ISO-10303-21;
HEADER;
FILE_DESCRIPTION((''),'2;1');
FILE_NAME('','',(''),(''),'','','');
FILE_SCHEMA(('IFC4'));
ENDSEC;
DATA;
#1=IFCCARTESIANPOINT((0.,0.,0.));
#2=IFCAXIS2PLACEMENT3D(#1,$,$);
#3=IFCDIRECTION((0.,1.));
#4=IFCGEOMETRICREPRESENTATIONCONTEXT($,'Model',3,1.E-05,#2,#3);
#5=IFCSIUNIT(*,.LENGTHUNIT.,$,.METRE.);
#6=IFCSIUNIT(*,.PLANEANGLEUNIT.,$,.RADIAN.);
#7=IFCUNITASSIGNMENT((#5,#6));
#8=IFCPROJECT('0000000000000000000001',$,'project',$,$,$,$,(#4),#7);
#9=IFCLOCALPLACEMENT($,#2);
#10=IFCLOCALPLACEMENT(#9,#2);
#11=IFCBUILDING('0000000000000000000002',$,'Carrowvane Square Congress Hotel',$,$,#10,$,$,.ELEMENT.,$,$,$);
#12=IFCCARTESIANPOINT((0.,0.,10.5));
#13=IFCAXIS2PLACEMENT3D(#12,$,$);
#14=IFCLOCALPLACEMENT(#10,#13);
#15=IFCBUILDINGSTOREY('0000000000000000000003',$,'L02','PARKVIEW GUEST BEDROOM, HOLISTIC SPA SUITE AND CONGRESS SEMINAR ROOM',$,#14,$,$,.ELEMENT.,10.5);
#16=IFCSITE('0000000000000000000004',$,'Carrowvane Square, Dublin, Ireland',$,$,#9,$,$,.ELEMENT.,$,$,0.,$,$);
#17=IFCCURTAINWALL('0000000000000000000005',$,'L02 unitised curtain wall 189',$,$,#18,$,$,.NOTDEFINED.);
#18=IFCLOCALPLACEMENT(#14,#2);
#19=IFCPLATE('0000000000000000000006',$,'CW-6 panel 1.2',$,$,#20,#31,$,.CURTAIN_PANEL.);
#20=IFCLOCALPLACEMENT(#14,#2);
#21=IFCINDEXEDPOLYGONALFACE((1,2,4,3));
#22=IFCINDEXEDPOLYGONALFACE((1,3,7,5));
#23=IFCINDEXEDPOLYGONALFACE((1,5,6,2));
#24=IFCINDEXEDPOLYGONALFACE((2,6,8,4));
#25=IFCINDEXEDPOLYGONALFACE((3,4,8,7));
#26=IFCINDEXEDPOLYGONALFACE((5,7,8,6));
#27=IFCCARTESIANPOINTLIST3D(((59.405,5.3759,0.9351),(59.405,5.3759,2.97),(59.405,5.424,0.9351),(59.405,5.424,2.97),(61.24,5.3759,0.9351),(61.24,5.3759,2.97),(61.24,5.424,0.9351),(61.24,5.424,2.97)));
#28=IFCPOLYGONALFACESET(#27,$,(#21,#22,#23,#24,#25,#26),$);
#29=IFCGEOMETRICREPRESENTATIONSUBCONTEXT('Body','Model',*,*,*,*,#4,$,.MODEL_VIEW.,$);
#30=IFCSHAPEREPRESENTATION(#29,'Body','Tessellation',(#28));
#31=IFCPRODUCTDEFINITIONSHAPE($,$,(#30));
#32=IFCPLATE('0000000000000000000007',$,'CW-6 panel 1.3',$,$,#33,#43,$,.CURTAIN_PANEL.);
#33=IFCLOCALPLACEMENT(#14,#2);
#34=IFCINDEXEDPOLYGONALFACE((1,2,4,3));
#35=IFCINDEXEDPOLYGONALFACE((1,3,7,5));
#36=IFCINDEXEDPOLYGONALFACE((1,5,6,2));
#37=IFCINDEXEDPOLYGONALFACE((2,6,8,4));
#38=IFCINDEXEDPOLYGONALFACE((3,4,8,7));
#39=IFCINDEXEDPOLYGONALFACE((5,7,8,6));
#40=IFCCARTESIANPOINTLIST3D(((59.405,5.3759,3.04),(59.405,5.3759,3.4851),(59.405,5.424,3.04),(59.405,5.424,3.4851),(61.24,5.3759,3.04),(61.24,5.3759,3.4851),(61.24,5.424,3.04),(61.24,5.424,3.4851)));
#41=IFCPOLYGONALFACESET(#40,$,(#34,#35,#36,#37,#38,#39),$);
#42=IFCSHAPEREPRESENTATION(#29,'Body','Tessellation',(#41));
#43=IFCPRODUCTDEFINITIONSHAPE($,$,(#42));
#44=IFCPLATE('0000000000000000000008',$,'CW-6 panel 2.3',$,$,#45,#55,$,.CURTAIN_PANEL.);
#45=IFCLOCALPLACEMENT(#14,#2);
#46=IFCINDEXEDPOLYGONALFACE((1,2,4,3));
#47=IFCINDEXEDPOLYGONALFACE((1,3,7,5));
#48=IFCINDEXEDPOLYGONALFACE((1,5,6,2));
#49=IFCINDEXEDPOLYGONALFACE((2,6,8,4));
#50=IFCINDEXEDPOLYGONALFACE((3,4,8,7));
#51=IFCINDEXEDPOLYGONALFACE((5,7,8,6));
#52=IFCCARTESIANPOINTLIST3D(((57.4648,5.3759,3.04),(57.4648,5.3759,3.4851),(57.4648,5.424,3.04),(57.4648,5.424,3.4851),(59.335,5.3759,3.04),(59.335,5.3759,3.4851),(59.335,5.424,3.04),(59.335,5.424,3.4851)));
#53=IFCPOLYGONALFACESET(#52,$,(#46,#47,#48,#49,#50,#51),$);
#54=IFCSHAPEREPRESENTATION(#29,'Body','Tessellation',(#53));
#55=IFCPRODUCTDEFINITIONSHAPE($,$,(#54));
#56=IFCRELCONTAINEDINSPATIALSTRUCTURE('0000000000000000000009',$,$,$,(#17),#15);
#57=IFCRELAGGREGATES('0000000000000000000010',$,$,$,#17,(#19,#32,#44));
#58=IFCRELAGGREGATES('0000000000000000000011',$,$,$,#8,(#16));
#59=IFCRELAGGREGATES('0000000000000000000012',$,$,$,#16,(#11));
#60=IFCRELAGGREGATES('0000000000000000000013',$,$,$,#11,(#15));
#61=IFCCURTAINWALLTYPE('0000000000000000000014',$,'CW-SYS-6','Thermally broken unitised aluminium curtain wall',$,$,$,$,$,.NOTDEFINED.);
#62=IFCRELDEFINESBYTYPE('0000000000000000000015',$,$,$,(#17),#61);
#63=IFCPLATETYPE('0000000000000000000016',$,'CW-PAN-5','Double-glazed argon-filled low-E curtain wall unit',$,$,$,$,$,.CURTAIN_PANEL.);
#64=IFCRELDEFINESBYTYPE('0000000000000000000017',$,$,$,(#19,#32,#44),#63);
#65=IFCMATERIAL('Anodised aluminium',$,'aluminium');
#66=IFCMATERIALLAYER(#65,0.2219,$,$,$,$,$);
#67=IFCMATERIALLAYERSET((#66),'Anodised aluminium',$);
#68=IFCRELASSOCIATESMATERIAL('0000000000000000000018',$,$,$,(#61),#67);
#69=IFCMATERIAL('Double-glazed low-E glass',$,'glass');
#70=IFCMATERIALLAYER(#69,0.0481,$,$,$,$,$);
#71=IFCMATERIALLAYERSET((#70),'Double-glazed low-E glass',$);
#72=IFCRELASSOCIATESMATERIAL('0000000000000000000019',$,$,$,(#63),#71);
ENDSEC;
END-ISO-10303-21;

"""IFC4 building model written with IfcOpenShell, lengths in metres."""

from ifc_helpers import new_model, si_unit, direction, frame, origin, origin_2d, place, context, subcontext, project, spatial, rectangle, extrude, material, layer, layer_set, type_object, element, aggregate, save


model = new_model("IFC4")

# Units and contexts
model_context = context("Model", 3, precision=1e-05, world=origin(), true_north=direction((0.0, 1.0)))
body_context = subcontext(model_context, "Body", "Model", "MODEL_VIEW")
ifc_project = project(units=[si_unit("LENGTHUNIT", "METRE"), si_unit("PLANEANGLEUNIT", "RADIAN")], contexts=[model_context])

# Site, building, storey
site_placement = place(None, origin())
site = spatial("IfcSite", under=ifc_project, at=site_placement, Name="Carrowvane Square, Dublin, Ireland", CompositionType="ELEMENT", RefElevation=0.0)
building_placement = place(site_placement, origin())
building = spatial("IfcBuilding", under=site, at=building_placement, Name="Carrowvane Square Congress Hotel", CompositionType="ELEMENT")
storey_placement = place(building_placement, frame((0.0, 0.0, 10.5)))
storey = spatial("IfcBuildingStorey", under=building, at=storey_placement, Name="L02", Description="PARKVIEW GUEST BEDROOM, HOLISTIC SPA SUITE AND CONGRESS SEMINAR ROOM", CompositionType="ELEMENT", Elevation=10.5)

# Curtain wall
ifc_material_1 = material(Name="Anodised aluminium", Category="aluminium")
ifc_layer_1 = layer(ifc_material_1, 0.2219)
ifc_layer_set_1 = layer_set([ifc_layer_1], Name="Anodised aluminium")
curtain_wall_type_1 = type_object("IfcCurtainWallType", Name="CW-SYS-6", Description="Thermally broken unitised aluminium curtain wall", PredefinedType="NOTDEFINED", material=ifc_layer_set_1)
curtain_wall_1_placement = place(storey_placement, origin())
curtain_wall_1 = element("IfcCurtainWall", 1, at=curtain_wall_1_placement, inside=storey, type_object=curtain_wall_type_1, Name="L02 unitised curtain wall 189", PredefinedType="NOTDEFINED")

# Plates
ifc_material_2 = material(Name="Double-glazed low-E glass", Category="glass")
ifc_layer_2 = layer(ifc_material_2, 0.0481)
ifc_layer_set_2 = layer_set([ifc_layer_2], Name="Double-glazed low-E glass")
plate_type_1 = type_object("IfcPlateType", Name="CW-PAN-5", Description="Double-glazed argon-filled low-E curtain wall unit", PredefinedType="CURTAIN_PANEL", material=ifc_layer_set_2)
plate_1_placement = place(storey_placement, frame((60.3225, 5.3999, 0.9351), z_axis=(0.0, 0.0, 1.0), x_axis=(-1.0, 0.0, 0.0)))
plate_1 = element("IfcPlate", 2, at=plate_1_placement, type_object=plate_type_1, Name="CW-6 panel 1.2", PredefinedType="CURTAIN_PANEL", context=body_context, shape_type="SweptSolid", body=[
    extrude(rectangle(XDim=1.835, YDim=0.0481, at=origin_2d()), origin(), (0.0, 0.0, 1.0), 2.0349),
])
plate_2_placement = place(storey_placement, frame((60.3225, 5.3999, 3.04), z_axis=(0.0, 0.0, 1.0), x_axis=(-1.0, 0.0, 0.0)))
plate_2 = element("IfcPlate", 3, at=plate_2_placement, type_object=plate_type_1, Name="CW-6 panel 1.3", PredefinedType="CURTAIN_PANEL", context=body_context, shape_type="SweptSolid", body=[
    extrude(rectangle(XDim=1.835, YDim=0.0481, at=origin_2d()), origin(), (0.0, 0.0, 1.0), 0.4451),
])
plate_3_placement = place(storey_placement, frame((58.3999, 5.3999, 3.04), z_axis=(0.0, 0.0, 1.0), x_axis=(-1.0, 0.0, 0.0)))
plate_3 = element("IfcPlate", 4, at=plate_3_placement, type_object=plate_type_1, Name="CW-6 panel 2.3", PredefinedType="CURTAIN_PANEL", context=body_context, shape_type="SweptSolid", body=[
    extrude(rectangle(XDim=1.8701, YDim=0.0481, at=origin_2d()), origin(), (0.0, 0.0, 1.0), 0.4451),
])
aggregate(curtain_wall_1, [plate_1, plate_2, plate_3])

save(model, "model.ifc")
